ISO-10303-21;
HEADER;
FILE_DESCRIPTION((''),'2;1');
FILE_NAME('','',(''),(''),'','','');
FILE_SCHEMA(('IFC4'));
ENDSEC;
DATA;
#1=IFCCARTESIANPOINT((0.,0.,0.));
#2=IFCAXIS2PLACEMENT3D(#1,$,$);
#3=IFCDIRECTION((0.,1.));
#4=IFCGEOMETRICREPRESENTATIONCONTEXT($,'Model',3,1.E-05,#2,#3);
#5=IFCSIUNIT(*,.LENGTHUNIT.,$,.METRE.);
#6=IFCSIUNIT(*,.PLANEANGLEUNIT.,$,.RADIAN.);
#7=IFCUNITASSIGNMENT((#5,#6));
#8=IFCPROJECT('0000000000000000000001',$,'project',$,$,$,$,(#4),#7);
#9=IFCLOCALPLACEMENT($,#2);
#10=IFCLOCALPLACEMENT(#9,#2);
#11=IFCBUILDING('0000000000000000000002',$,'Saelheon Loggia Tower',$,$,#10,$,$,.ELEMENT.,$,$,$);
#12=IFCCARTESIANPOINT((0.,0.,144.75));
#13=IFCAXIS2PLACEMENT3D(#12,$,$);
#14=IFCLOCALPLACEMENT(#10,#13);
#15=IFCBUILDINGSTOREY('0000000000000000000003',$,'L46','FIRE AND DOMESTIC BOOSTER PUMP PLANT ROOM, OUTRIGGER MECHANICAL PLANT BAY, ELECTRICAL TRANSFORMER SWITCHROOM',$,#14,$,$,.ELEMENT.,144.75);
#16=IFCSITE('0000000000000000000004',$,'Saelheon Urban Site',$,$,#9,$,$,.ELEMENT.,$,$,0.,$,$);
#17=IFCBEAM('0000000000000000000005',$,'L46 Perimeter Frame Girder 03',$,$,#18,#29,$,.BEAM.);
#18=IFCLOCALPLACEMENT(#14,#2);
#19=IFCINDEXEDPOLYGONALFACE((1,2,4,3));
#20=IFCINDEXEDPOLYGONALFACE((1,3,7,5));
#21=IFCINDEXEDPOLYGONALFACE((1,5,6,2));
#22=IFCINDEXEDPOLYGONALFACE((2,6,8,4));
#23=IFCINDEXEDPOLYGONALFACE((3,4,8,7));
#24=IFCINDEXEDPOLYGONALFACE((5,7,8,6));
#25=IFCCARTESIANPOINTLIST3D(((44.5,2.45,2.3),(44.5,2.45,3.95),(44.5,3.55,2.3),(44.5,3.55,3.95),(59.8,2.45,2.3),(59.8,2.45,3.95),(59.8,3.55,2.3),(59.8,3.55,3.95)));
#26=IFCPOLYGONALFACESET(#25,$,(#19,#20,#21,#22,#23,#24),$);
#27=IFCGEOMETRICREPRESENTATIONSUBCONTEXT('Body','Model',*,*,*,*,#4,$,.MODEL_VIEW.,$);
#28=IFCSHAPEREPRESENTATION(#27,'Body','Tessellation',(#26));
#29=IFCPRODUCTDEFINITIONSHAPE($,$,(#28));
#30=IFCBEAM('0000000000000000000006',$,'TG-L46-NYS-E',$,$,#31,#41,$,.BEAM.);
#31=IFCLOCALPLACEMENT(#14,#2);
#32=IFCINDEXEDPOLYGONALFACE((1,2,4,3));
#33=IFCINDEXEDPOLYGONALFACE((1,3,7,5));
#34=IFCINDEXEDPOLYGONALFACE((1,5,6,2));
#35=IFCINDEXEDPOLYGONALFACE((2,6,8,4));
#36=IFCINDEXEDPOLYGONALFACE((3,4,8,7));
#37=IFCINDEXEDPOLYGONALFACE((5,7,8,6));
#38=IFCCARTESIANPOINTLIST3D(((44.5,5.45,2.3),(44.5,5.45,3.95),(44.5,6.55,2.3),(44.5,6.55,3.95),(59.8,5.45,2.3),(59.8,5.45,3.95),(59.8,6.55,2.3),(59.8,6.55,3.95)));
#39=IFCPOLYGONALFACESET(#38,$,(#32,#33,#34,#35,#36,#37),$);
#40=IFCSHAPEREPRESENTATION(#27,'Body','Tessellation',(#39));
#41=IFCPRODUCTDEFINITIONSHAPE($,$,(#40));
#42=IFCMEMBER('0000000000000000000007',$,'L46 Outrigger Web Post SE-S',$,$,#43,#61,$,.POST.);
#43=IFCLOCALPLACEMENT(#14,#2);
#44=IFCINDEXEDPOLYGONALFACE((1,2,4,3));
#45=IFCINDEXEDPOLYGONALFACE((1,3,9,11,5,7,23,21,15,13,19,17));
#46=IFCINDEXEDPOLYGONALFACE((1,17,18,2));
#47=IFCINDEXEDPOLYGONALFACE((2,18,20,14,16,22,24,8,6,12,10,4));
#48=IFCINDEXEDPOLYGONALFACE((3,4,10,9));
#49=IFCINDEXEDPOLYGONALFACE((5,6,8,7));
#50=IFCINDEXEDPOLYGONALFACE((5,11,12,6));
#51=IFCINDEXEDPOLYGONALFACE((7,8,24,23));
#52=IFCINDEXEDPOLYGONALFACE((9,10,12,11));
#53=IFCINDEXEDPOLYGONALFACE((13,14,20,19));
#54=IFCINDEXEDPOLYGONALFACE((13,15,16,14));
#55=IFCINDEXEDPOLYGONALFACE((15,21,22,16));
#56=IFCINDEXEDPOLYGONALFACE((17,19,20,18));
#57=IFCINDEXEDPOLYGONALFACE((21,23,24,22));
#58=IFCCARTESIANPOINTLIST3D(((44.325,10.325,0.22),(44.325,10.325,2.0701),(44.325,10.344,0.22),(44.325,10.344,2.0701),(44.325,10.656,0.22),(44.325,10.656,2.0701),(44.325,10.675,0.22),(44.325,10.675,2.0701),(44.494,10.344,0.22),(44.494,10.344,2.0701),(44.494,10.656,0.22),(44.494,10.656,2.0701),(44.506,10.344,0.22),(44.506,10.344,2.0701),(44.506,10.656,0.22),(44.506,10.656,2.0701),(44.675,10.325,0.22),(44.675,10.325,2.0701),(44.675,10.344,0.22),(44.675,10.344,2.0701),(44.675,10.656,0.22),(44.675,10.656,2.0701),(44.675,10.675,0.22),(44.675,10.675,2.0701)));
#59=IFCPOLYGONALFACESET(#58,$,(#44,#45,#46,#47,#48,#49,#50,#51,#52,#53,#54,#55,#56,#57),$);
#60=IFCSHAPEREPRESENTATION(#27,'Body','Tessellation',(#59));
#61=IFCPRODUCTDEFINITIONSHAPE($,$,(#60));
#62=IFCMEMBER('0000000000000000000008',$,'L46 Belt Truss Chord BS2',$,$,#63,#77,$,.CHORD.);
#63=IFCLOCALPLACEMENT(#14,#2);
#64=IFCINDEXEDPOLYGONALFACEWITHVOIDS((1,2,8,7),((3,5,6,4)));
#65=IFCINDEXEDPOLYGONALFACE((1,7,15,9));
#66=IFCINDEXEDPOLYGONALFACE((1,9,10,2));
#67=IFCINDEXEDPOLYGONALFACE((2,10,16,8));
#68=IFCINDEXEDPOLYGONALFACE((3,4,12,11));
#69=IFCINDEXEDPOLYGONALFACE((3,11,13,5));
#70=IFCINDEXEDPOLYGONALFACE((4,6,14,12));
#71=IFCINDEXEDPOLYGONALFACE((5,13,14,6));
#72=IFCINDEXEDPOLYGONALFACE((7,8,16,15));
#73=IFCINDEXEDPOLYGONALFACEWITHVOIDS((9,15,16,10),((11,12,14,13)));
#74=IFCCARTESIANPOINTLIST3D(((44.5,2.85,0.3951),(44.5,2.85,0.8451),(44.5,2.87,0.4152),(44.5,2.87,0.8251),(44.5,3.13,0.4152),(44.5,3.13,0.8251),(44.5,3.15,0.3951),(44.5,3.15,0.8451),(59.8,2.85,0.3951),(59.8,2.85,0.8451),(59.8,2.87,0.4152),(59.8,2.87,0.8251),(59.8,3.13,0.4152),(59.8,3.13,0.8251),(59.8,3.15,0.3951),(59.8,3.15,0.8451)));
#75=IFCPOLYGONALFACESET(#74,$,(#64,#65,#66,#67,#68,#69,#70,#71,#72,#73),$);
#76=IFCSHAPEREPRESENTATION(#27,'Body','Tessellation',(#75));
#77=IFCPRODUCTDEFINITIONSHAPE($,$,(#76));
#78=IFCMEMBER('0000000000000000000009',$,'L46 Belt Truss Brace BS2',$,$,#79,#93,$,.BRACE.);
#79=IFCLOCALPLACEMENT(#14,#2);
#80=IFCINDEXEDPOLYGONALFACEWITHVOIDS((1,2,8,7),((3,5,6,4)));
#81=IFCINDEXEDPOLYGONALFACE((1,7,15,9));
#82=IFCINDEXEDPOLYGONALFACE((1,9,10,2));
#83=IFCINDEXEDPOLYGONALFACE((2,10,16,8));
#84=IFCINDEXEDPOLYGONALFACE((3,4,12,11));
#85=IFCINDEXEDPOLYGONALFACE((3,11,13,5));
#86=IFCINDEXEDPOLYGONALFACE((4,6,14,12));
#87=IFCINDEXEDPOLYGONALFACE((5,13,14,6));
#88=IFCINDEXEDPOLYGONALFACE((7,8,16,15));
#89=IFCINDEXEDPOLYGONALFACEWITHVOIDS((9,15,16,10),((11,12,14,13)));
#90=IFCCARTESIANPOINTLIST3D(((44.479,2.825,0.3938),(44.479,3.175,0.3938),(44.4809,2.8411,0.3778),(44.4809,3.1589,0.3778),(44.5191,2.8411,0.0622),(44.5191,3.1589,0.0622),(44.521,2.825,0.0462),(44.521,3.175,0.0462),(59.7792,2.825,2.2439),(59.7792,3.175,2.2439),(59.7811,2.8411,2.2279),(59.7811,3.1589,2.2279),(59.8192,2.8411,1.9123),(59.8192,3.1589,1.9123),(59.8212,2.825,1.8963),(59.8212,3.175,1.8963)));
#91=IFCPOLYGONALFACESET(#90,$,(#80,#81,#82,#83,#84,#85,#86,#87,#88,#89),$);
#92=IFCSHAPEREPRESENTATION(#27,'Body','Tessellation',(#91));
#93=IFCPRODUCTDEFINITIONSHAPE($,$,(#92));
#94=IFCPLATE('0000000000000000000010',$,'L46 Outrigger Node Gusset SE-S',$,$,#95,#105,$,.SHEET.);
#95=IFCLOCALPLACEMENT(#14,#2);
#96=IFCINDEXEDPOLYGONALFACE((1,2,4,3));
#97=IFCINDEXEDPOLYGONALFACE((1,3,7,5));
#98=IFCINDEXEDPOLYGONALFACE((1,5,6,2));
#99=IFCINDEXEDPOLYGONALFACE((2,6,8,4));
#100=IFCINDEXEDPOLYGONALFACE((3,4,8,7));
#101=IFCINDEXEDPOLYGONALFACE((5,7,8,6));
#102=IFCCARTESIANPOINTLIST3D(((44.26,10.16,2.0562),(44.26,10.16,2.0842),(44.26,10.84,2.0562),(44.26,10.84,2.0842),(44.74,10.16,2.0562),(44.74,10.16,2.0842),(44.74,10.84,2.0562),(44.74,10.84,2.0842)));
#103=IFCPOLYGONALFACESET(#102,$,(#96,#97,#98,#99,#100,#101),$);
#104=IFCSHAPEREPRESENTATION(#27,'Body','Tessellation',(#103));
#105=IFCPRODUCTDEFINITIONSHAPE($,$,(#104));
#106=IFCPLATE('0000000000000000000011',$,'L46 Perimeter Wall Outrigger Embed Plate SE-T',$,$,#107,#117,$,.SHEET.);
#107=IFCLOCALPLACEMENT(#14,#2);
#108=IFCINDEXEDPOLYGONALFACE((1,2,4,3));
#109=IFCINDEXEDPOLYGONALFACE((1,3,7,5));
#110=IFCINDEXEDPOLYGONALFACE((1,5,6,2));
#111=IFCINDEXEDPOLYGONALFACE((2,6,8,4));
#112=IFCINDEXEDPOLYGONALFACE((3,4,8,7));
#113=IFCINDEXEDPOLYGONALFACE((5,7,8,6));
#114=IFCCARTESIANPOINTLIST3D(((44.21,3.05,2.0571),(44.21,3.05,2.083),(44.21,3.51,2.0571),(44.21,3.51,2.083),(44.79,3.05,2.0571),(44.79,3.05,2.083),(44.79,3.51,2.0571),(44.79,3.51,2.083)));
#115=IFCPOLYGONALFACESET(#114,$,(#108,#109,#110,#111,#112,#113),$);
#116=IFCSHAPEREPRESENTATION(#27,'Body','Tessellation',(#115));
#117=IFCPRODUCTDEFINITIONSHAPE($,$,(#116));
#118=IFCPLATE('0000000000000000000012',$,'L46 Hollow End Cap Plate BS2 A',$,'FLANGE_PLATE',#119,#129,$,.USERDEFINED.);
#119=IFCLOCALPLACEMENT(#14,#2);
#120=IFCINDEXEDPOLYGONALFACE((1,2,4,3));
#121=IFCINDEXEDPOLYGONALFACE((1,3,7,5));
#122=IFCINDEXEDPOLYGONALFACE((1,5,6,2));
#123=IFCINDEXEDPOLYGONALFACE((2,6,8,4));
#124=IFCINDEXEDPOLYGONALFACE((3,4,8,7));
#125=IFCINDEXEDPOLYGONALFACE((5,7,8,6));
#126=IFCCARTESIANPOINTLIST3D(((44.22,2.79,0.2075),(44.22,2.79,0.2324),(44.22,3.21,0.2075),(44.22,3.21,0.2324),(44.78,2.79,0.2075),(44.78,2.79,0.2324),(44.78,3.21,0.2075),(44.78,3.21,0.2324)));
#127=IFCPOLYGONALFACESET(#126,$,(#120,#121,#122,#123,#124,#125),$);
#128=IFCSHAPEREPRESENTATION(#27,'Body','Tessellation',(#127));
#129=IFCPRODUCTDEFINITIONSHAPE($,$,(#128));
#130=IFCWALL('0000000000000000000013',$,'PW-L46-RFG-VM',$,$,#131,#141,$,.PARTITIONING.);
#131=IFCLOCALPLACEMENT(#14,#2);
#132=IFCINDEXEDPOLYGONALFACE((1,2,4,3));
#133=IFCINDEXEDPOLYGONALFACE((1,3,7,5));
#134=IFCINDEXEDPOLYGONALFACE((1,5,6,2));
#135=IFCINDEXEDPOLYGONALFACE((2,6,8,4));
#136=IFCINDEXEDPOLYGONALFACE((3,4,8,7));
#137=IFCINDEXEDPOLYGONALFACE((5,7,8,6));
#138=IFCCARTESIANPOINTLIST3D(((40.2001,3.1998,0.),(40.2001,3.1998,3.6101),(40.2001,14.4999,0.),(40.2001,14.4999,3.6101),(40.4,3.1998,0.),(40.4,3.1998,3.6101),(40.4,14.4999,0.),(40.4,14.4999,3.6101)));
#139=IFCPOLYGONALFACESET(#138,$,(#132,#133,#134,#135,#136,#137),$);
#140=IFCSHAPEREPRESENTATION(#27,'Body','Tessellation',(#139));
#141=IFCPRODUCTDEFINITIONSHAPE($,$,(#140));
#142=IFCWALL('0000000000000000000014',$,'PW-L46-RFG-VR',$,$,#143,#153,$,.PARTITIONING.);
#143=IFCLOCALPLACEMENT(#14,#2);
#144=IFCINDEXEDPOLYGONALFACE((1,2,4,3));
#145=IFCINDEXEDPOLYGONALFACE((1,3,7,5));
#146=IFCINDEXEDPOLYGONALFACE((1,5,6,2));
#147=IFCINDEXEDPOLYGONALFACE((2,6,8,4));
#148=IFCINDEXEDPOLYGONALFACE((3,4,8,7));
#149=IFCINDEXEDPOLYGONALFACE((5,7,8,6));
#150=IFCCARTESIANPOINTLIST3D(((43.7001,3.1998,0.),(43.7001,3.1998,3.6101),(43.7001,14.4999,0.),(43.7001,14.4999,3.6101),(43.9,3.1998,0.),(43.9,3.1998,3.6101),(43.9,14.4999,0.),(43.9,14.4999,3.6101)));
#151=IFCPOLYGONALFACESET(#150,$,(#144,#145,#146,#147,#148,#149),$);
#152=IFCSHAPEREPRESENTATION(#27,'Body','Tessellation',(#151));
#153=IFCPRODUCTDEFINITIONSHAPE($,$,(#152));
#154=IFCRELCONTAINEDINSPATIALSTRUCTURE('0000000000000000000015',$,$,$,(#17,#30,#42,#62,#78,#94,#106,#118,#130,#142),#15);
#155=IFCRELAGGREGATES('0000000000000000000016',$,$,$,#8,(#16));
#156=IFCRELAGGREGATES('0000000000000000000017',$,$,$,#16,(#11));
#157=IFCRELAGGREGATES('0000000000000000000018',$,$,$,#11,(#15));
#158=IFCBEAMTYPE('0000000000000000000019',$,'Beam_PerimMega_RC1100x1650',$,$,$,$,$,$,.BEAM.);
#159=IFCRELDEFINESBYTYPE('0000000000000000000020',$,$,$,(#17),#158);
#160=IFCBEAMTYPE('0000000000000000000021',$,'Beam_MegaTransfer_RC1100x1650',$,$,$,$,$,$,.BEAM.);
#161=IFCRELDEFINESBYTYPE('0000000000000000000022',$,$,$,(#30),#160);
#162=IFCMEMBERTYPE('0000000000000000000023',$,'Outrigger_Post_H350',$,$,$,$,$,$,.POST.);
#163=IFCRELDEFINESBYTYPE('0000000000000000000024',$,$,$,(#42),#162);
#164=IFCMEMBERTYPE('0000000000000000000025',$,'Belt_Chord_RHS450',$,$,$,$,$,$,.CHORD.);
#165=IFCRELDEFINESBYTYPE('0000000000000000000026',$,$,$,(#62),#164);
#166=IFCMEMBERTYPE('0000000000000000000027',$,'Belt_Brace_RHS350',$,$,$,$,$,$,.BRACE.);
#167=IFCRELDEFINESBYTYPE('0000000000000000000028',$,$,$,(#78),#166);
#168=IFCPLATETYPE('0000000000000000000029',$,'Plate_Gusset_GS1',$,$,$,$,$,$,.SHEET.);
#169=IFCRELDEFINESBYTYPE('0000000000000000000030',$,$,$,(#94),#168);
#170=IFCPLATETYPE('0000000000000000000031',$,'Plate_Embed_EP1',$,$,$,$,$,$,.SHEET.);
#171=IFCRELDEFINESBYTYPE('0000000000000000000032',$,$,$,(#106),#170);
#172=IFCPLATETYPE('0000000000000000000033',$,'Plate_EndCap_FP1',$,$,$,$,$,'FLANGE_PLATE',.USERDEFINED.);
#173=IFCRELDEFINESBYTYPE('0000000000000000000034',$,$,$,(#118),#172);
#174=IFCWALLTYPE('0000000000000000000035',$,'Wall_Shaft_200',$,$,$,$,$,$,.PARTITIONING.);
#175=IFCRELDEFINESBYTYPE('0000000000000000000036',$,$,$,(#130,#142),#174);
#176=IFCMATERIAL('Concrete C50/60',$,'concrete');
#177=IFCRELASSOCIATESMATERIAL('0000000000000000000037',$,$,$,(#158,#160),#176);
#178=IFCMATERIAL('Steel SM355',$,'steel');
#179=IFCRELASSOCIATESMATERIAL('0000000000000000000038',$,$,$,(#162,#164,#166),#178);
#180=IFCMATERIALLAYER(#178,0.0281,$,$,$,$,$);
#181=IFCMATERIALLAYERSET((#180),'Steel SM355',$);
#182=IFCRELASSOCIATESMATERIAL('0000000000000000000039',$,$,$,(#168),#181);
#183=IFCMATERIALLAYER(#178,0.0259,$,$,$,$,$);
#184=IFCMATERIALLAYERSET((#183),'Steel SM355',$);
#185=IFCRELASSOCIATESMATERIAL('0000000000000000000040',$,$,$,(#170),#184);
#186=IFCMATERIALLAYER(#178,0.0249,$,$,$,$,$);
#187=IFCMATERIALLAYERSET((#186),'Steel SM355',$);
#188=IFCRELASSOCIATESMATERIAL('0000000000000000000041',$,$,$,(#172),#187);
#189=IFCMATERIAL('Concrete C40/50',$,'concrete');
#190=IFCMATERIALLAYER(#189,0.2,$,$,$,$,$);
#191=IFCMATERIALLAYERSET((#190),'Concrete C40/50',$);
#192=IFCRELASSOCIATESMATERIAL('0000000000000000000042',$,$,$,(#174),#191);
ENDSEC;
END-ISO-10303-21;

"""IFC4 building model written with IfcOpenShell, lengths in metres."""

from ifc_helpers import new_model, si_unit, direction, frame, frame_2d, origin, origin_2d, place, context, subcontext, project, spatial, rectangle, hollow_rectangle, i_section, extrude, source, transform, mapped, material, layer, layer_set, material_profile, profile_set, type_object, element, save


model = new_model("IFC4")

# Units and contexts
model_context = context("Model", 3, precision=1e-05, world=origin(), true_north=direction((0.0, 1.0)))
body_context = subcontext(model_context, "Body", "Model", "MODEL_VIEW")
ifc_project = project(units=[si_unit("LENGTHUNIT", "METRE"), si_unit("PLANEANGLEUNIT", "RADIAN")], contexts=[model_context])

# Site, building, storey
site_placement = place(None, origin())
site = spatial("IfcSite", under=ifc_project, at=site_placement, Name="Saelheon Urban Site", CompositionType="ELEMENT", RefElevation=0.0)
building_placement = place(site_placement, origin())
building = spatial("IfcBuilding", under=site, at=building_placement, Name="Saelheon Loggia Tower", CompositionType="ELEMENT")
storey_placement = place(building_placement, frame((0.0, 0.0, 144.75)))
storey = spatial("IfcBuildingStorey", under=building, at=storey_placement, Name="L46", Description="FIRE AND DOMESTIC BOOSTER PUMP PLANT ROOM, OUTRIGGER MECHANICAL PLANT BAY, ELECTRICAL TRANSFORMER SWITCHROOM", CompositionType="ELEMENT", Elevation=144.75)

# Shared definitions
ifc_material_1 = material(Name="Concrete C50/60", Category="concrete")

# Shared definitions
ifc_material_2 = material(Name="Steel SM355", Category="steel")

# Beams
ifc_material_profile_1 = material_profile(ifc_material_1, rectangle(XDim=1.1001, YDim=1.6499, at=origin_2d()), Name="RC-1100x1650")
ifc_profile_set_1 = profile_set([ifc_material_profile_1], Name="Concrete C50/60")
beam_type_1 = type_object("IfcBeamType", Name="Beam_PerimMega_RC1100x1650", PredefinedType="BEAM", material=ifc_profile_set_1)
shared_shape_1 = source(origin(), body_context, "Body", "SweptSolid", [
    extrude(rectangle(XDim=1.1001, YDim=1.6499, at=origin_2d()), origin(), (0.0, 0.0, 1.0), 15.3),
])
beam_1_placement = place(storey_placement, frame((44.5, 3.0, 3.125), z_axis=(1.0, 0.0, 0.0), x_axis=(0.0, 1.0, 0.0)))
element("IfcBeam", 1, at=beam_1_placement, inside=storey, type_object=beam_type_1, Name="L46 Perimeter Frame Girder 03", PredefinedType="BEAM", context=body_context, shape_type="MappedRepresentation", body=[
    mapped(shared_shape_1, transform((0.0, 0.0, 0.0), scale=1.0)),
])
ifc_material_profile_2 = material_profile(ifc_material_1, rectangle(XDim=1.1001, YDim=1.6499, at=origin_2d()), Name="RC-1100x1650")
ifc_profile_set_2 = profile_set([ifc_material_profile_2], Name="Concrete C50/60")
beam_type_2 = type_object("IfcBeamType", Name="Beam_MegaTransfer_RC1100x1650", PredefinedType="BEAM", material=ifc_profile_set_2)
beam_2_placement = place(storey_placement, frame((44.5, 6.0, 3.125), z_axis=(1.0, 0.0, 0.0), x_axis=(0.0, 1.0, 0.0)))
element("IfcBeam", 2, at=beam_2_placement, inside=storey, type_object=beam_type_2, Name="TG-L46-NYS-E", PredefinedType="BEAM", context=body_context, shape_type="MappedRepresentation", body=[
    mapped(shared_shape_1, transform((0.0, 0.0, 0.0), scale=1.0)),
])

# Members
ifc_material_profile_3 = material_profile(ifc_material_2, i_section(OverallWidth=0.3501, OverallDepth=0.3501, WebThickness=0.012, FlangeThickness=0.019, at=origin_2d()), Name="H-350x350x12x19")
ifc_profile_set_3 = profile_set([ifc_material_profile_3], Name="Steel SM355")
member_type_1 = type_object("IfcMemberType", Name="Outrigger_Post_H350", PredefinedType="POST", material=ifc_profile_set_3)
shared_shape_2 = source(origin(), body_context, "Body", "SweptSolid", [
    extrude(i_section(OverallWidth=0.3501, OverallDepth=0.3501, WebThickness=0.012, FlangeThickness=0.019, at=origin_2d()), origin(), (0.0, 0.0, 1.0), 1.8501),
])
member_1_placement = place(storey_placement, frame((44.5, 10.5, 0.22), z_axis=(0.0, 0.0, 1.0), x_axis=(1.0, 0.0, 0.0)))
element("IfcMember", 3, at=member_1_placement, inside=storey, type_object=member_type_1, Name="L46 Outrigger Web Post SE-S", PredefinedType="POST", context=body_context, shape_type="MappedRepresentation", body=[
    mapped(shared_shape_2, transform((0.0, 0.0, 0.0), scale=1.0)),
])
ifc_material_profile_4 = material_profile(ifc_material_2, hollow_rectangle(XDim=0.3, YDim=0.45, WallThickness=0.02, at=origin_2d()), Name="RHS-450x300x20")
ifc_profile_set_4 = profile_set([ifc_material_profile_4], Name="Steel SM355")
member_type_2 = type_object("IfcMemberType", Name="Belt_Chord_RHS450", PredefinedType="CHORD", material=ifc_profile_set_4)
shared_shape_3 = source(origin(), body_context, "Body", "SweptSolid", [
    extrude(hollow_rectangle(XDim=0.3, YDim=0.45, WallThickness=0.02, at=origin_2d()), origin(), (0.0, 0.0, 1.0), 15.3),
])
member_2_placement = place(storey_placement, frame((44.5, 3.0, 0.6201), z_axis=(1.0, 0.0, 0.0), x_axis=(0.0, 1.0, 0.0)))
element("IfcMember", 4, at=member_2_placement, inside=storey, type_object=member_type_2, Name="L46 Belt Truss Chord BS2", PredefinedType="CHORD", context=body_context, shape_type="MappedRepresentation", body=[
    mapped(shared_shape_3, transform((0.0, 0.0, 0.0), scale=1.0)),
])
ifc_material_profile_5 = material_profile(ifc_material_2, hollow_rectangle(XDim=0.3501, YDim=0.3501, WallThickness=0.0161, at=origin_2d()), Name="RHS-350x350x16")
ifc_profile_set_5 = profile_set([ifc_material_profile_5], Name="Steel SM355")
member_type_3 = type_object("IfcMemberType", Name="Belt_Brace_RHS350", PredefinedType="BRACE", material=ifc_profile_set_5)
shared_shape_4 = source(origin(), body_context, "Body", "SweptSolid", [
    extrude(hollow_rectangle(XDim=0.3501, YDim=0.3501, WallThickness=0.0161, at=origin_2d()), origin(), (0.0, 0.0, 1.0), 15.4116),
])
member_3_placement = place(storey_placement, frame((44.5, 3.0, 0.22), z_axis=(0.992768, 0.0, 0.120047), x_axis=(0.0, 1.0, 0.0)))
element("IfcMember", 5, at=member_3_placement, inside=storey, type_object=member_type_3, Name="L46 Belt Truss Brace BS2", PredefinedType="BRACE", context=body_context, shape_type="MappedRepresentation", body=[
    mapped(shared_shape_4, transform((0.0, 0.0, 0.0), scale=1.0)),
])

# Plates
ifc_layer_1 = layer(ifc_material_2, 0.0281)
ifc_layer_set_1 = layer_set([ifc_layer_1], Name="Steel SM355")
plate_type_1 = type_object("IfcPlateType", Name="Plate_Gusset_GS1", PredefinedType="SHEET", material=ifc_layer_set_1)
shared_shape_5 = source(origin(), body_context, "Body", "SweptSolid", [
    extrude(rectangle(XDim=0.6799, YDim=0.48, at=origin_2d()), origin(), (0.0, 0.0, 1.0), 0.0281),
])
plate_1_placement = place(storey_placement, frame((44.5, 10.5, 2.0562), z_axis=(0.0, 0.0, 1.0), x_axis=(0.0, 1.0, 0.0)))
element("IfcPlate", 6, at=plate_1_placement, inside=storey, type_object=plate_type_1, Name="L46 Outrigger Node Gusset SE-S", PredefinedType="SHEET", context=body_context, shape_type="MappedRepresentation", body=[
    mapped(shared_shape_5, transform((0.0, 0.0, 0.0), scale=1.0)),
])
ifc_layer_2 = layer(ifc_material_2, 0.0259)
ifc_layer_set_2 = layer_set([ifc_layer_2], Name="Steel SM355")
plate_type_2 = type_object("IfcPlateType", Name="Plate_Embed_EP1", PredefinedType="SHEET", material=ifc_layer_set_2)
shared_shape_6 = source(origin(), body_context, "Body", "SweptSolid", [
    extrude(rectangle(XDim=0.5801, YDim=0.46, at=origin_2d()), origin(), (0.0, 0.0, 1.0), 0.0259),
])
plate_2_placement = place(storey_placement, frame((44.5, 3.28, 2.0571), z_axis=(0.0, 0.0, 1.0), x_axis=(1.0, 0.0, 0.0)))
element("IfcPlate", 7, at=plate_2_placement, inside=storey, type_object=plate_type_2, Name="L46 Perimeter Wall Outrigger Embed Plate SE-T", PredefinedType="SHEET", context=body_context, shape_type="MappedRepresentation", body=[
    mapped(shared_shape_6, transform((0.0, 0.0, 0.0), scale=1.0)),
])
ifc_layer_3 = layer(ifc_material_2, 0.0249)
ifc_layer_set_3 = layer_set([ifc_layer_3], Name="Steel SM355")
plate_type_3 = type_object("IfcPlateType", Name="Plate_EndCap_FP1", ElementType="FLANGE_PLATE", PredefinedType="USERDEFINED", material=ifc_layer_set_3)
shared_shape_7 = source(origin(), body_context, "Body", "SweptSolid", [
    extrude(rectangle(XDim=0.5601, YDim=0.4199, at=origin_2d()), origin(), (0.0, 0.0, 1.0), 0.0249),
])
plate_3_placement = place(storey_placement, frame((44.5, 3.0, 0.2075), z_axis=(0.0, 0.0, 1.0), x_axis=(1.0, 0.0, 0.0)))
element("IfcPlate", 8, at=plate_3_placement, inside=storey, type_object=plate_type_3, Name="L46 Hollow End Cap Plate BS2 A", ObjectType="FLANGE_PLATE", PredefinedType="USERDEFINED", context=body_context, shape_type="MappedRepresentation", body=[
    mapped(shared_shape_7, transform((0.0, 0.0, 0.0), scale=1.0)),
])

# Walls
ifc_material_3 = material(Name="Concrete C40/50", Category="concrete")
ifc_layer_4 = layer(ifc_material_3, 0.2)
ifc_layer_set_4 = layer_set([ifc_layer_4], Name="Concrete C40/50")
wall_type = type_object("IfcWallType", Name="Wall_Shaft_200", PredefinedType="PARTITIONING", material=ifc_layer_set_4)
for number, where, z_axis, x_axis, name in (
    (9, (40.3, 3.2, 0.0), (0.0, 0.0, 1.0), (0.0, 1.0, 0.0), "PW-L46-RFG-VM"),
    (10, (43.8, 3.2, 0.0), (0.0, 0.0, 1.0), (0.0, 1.0, 0.0), "PW-L46-RFG-VR"),
):
    element("IfcWall", number, at=place(storey_placement, frame(where, z_axis=z_axis, x_axis=x_axis)), inside=storey, type_object=wall_type, Name=name, PredefinedType="PARTITIONING", context=body_context, shape_type="SweptSolid", body=[
        extrude(rectangle(XDim=11.3, YDim=0.2, at=frame_2d((5.6499, 0.0))), origin(), (0.0, 0.0, 1.0), 3.6101),
    ])

save(model, "model.ifc")
